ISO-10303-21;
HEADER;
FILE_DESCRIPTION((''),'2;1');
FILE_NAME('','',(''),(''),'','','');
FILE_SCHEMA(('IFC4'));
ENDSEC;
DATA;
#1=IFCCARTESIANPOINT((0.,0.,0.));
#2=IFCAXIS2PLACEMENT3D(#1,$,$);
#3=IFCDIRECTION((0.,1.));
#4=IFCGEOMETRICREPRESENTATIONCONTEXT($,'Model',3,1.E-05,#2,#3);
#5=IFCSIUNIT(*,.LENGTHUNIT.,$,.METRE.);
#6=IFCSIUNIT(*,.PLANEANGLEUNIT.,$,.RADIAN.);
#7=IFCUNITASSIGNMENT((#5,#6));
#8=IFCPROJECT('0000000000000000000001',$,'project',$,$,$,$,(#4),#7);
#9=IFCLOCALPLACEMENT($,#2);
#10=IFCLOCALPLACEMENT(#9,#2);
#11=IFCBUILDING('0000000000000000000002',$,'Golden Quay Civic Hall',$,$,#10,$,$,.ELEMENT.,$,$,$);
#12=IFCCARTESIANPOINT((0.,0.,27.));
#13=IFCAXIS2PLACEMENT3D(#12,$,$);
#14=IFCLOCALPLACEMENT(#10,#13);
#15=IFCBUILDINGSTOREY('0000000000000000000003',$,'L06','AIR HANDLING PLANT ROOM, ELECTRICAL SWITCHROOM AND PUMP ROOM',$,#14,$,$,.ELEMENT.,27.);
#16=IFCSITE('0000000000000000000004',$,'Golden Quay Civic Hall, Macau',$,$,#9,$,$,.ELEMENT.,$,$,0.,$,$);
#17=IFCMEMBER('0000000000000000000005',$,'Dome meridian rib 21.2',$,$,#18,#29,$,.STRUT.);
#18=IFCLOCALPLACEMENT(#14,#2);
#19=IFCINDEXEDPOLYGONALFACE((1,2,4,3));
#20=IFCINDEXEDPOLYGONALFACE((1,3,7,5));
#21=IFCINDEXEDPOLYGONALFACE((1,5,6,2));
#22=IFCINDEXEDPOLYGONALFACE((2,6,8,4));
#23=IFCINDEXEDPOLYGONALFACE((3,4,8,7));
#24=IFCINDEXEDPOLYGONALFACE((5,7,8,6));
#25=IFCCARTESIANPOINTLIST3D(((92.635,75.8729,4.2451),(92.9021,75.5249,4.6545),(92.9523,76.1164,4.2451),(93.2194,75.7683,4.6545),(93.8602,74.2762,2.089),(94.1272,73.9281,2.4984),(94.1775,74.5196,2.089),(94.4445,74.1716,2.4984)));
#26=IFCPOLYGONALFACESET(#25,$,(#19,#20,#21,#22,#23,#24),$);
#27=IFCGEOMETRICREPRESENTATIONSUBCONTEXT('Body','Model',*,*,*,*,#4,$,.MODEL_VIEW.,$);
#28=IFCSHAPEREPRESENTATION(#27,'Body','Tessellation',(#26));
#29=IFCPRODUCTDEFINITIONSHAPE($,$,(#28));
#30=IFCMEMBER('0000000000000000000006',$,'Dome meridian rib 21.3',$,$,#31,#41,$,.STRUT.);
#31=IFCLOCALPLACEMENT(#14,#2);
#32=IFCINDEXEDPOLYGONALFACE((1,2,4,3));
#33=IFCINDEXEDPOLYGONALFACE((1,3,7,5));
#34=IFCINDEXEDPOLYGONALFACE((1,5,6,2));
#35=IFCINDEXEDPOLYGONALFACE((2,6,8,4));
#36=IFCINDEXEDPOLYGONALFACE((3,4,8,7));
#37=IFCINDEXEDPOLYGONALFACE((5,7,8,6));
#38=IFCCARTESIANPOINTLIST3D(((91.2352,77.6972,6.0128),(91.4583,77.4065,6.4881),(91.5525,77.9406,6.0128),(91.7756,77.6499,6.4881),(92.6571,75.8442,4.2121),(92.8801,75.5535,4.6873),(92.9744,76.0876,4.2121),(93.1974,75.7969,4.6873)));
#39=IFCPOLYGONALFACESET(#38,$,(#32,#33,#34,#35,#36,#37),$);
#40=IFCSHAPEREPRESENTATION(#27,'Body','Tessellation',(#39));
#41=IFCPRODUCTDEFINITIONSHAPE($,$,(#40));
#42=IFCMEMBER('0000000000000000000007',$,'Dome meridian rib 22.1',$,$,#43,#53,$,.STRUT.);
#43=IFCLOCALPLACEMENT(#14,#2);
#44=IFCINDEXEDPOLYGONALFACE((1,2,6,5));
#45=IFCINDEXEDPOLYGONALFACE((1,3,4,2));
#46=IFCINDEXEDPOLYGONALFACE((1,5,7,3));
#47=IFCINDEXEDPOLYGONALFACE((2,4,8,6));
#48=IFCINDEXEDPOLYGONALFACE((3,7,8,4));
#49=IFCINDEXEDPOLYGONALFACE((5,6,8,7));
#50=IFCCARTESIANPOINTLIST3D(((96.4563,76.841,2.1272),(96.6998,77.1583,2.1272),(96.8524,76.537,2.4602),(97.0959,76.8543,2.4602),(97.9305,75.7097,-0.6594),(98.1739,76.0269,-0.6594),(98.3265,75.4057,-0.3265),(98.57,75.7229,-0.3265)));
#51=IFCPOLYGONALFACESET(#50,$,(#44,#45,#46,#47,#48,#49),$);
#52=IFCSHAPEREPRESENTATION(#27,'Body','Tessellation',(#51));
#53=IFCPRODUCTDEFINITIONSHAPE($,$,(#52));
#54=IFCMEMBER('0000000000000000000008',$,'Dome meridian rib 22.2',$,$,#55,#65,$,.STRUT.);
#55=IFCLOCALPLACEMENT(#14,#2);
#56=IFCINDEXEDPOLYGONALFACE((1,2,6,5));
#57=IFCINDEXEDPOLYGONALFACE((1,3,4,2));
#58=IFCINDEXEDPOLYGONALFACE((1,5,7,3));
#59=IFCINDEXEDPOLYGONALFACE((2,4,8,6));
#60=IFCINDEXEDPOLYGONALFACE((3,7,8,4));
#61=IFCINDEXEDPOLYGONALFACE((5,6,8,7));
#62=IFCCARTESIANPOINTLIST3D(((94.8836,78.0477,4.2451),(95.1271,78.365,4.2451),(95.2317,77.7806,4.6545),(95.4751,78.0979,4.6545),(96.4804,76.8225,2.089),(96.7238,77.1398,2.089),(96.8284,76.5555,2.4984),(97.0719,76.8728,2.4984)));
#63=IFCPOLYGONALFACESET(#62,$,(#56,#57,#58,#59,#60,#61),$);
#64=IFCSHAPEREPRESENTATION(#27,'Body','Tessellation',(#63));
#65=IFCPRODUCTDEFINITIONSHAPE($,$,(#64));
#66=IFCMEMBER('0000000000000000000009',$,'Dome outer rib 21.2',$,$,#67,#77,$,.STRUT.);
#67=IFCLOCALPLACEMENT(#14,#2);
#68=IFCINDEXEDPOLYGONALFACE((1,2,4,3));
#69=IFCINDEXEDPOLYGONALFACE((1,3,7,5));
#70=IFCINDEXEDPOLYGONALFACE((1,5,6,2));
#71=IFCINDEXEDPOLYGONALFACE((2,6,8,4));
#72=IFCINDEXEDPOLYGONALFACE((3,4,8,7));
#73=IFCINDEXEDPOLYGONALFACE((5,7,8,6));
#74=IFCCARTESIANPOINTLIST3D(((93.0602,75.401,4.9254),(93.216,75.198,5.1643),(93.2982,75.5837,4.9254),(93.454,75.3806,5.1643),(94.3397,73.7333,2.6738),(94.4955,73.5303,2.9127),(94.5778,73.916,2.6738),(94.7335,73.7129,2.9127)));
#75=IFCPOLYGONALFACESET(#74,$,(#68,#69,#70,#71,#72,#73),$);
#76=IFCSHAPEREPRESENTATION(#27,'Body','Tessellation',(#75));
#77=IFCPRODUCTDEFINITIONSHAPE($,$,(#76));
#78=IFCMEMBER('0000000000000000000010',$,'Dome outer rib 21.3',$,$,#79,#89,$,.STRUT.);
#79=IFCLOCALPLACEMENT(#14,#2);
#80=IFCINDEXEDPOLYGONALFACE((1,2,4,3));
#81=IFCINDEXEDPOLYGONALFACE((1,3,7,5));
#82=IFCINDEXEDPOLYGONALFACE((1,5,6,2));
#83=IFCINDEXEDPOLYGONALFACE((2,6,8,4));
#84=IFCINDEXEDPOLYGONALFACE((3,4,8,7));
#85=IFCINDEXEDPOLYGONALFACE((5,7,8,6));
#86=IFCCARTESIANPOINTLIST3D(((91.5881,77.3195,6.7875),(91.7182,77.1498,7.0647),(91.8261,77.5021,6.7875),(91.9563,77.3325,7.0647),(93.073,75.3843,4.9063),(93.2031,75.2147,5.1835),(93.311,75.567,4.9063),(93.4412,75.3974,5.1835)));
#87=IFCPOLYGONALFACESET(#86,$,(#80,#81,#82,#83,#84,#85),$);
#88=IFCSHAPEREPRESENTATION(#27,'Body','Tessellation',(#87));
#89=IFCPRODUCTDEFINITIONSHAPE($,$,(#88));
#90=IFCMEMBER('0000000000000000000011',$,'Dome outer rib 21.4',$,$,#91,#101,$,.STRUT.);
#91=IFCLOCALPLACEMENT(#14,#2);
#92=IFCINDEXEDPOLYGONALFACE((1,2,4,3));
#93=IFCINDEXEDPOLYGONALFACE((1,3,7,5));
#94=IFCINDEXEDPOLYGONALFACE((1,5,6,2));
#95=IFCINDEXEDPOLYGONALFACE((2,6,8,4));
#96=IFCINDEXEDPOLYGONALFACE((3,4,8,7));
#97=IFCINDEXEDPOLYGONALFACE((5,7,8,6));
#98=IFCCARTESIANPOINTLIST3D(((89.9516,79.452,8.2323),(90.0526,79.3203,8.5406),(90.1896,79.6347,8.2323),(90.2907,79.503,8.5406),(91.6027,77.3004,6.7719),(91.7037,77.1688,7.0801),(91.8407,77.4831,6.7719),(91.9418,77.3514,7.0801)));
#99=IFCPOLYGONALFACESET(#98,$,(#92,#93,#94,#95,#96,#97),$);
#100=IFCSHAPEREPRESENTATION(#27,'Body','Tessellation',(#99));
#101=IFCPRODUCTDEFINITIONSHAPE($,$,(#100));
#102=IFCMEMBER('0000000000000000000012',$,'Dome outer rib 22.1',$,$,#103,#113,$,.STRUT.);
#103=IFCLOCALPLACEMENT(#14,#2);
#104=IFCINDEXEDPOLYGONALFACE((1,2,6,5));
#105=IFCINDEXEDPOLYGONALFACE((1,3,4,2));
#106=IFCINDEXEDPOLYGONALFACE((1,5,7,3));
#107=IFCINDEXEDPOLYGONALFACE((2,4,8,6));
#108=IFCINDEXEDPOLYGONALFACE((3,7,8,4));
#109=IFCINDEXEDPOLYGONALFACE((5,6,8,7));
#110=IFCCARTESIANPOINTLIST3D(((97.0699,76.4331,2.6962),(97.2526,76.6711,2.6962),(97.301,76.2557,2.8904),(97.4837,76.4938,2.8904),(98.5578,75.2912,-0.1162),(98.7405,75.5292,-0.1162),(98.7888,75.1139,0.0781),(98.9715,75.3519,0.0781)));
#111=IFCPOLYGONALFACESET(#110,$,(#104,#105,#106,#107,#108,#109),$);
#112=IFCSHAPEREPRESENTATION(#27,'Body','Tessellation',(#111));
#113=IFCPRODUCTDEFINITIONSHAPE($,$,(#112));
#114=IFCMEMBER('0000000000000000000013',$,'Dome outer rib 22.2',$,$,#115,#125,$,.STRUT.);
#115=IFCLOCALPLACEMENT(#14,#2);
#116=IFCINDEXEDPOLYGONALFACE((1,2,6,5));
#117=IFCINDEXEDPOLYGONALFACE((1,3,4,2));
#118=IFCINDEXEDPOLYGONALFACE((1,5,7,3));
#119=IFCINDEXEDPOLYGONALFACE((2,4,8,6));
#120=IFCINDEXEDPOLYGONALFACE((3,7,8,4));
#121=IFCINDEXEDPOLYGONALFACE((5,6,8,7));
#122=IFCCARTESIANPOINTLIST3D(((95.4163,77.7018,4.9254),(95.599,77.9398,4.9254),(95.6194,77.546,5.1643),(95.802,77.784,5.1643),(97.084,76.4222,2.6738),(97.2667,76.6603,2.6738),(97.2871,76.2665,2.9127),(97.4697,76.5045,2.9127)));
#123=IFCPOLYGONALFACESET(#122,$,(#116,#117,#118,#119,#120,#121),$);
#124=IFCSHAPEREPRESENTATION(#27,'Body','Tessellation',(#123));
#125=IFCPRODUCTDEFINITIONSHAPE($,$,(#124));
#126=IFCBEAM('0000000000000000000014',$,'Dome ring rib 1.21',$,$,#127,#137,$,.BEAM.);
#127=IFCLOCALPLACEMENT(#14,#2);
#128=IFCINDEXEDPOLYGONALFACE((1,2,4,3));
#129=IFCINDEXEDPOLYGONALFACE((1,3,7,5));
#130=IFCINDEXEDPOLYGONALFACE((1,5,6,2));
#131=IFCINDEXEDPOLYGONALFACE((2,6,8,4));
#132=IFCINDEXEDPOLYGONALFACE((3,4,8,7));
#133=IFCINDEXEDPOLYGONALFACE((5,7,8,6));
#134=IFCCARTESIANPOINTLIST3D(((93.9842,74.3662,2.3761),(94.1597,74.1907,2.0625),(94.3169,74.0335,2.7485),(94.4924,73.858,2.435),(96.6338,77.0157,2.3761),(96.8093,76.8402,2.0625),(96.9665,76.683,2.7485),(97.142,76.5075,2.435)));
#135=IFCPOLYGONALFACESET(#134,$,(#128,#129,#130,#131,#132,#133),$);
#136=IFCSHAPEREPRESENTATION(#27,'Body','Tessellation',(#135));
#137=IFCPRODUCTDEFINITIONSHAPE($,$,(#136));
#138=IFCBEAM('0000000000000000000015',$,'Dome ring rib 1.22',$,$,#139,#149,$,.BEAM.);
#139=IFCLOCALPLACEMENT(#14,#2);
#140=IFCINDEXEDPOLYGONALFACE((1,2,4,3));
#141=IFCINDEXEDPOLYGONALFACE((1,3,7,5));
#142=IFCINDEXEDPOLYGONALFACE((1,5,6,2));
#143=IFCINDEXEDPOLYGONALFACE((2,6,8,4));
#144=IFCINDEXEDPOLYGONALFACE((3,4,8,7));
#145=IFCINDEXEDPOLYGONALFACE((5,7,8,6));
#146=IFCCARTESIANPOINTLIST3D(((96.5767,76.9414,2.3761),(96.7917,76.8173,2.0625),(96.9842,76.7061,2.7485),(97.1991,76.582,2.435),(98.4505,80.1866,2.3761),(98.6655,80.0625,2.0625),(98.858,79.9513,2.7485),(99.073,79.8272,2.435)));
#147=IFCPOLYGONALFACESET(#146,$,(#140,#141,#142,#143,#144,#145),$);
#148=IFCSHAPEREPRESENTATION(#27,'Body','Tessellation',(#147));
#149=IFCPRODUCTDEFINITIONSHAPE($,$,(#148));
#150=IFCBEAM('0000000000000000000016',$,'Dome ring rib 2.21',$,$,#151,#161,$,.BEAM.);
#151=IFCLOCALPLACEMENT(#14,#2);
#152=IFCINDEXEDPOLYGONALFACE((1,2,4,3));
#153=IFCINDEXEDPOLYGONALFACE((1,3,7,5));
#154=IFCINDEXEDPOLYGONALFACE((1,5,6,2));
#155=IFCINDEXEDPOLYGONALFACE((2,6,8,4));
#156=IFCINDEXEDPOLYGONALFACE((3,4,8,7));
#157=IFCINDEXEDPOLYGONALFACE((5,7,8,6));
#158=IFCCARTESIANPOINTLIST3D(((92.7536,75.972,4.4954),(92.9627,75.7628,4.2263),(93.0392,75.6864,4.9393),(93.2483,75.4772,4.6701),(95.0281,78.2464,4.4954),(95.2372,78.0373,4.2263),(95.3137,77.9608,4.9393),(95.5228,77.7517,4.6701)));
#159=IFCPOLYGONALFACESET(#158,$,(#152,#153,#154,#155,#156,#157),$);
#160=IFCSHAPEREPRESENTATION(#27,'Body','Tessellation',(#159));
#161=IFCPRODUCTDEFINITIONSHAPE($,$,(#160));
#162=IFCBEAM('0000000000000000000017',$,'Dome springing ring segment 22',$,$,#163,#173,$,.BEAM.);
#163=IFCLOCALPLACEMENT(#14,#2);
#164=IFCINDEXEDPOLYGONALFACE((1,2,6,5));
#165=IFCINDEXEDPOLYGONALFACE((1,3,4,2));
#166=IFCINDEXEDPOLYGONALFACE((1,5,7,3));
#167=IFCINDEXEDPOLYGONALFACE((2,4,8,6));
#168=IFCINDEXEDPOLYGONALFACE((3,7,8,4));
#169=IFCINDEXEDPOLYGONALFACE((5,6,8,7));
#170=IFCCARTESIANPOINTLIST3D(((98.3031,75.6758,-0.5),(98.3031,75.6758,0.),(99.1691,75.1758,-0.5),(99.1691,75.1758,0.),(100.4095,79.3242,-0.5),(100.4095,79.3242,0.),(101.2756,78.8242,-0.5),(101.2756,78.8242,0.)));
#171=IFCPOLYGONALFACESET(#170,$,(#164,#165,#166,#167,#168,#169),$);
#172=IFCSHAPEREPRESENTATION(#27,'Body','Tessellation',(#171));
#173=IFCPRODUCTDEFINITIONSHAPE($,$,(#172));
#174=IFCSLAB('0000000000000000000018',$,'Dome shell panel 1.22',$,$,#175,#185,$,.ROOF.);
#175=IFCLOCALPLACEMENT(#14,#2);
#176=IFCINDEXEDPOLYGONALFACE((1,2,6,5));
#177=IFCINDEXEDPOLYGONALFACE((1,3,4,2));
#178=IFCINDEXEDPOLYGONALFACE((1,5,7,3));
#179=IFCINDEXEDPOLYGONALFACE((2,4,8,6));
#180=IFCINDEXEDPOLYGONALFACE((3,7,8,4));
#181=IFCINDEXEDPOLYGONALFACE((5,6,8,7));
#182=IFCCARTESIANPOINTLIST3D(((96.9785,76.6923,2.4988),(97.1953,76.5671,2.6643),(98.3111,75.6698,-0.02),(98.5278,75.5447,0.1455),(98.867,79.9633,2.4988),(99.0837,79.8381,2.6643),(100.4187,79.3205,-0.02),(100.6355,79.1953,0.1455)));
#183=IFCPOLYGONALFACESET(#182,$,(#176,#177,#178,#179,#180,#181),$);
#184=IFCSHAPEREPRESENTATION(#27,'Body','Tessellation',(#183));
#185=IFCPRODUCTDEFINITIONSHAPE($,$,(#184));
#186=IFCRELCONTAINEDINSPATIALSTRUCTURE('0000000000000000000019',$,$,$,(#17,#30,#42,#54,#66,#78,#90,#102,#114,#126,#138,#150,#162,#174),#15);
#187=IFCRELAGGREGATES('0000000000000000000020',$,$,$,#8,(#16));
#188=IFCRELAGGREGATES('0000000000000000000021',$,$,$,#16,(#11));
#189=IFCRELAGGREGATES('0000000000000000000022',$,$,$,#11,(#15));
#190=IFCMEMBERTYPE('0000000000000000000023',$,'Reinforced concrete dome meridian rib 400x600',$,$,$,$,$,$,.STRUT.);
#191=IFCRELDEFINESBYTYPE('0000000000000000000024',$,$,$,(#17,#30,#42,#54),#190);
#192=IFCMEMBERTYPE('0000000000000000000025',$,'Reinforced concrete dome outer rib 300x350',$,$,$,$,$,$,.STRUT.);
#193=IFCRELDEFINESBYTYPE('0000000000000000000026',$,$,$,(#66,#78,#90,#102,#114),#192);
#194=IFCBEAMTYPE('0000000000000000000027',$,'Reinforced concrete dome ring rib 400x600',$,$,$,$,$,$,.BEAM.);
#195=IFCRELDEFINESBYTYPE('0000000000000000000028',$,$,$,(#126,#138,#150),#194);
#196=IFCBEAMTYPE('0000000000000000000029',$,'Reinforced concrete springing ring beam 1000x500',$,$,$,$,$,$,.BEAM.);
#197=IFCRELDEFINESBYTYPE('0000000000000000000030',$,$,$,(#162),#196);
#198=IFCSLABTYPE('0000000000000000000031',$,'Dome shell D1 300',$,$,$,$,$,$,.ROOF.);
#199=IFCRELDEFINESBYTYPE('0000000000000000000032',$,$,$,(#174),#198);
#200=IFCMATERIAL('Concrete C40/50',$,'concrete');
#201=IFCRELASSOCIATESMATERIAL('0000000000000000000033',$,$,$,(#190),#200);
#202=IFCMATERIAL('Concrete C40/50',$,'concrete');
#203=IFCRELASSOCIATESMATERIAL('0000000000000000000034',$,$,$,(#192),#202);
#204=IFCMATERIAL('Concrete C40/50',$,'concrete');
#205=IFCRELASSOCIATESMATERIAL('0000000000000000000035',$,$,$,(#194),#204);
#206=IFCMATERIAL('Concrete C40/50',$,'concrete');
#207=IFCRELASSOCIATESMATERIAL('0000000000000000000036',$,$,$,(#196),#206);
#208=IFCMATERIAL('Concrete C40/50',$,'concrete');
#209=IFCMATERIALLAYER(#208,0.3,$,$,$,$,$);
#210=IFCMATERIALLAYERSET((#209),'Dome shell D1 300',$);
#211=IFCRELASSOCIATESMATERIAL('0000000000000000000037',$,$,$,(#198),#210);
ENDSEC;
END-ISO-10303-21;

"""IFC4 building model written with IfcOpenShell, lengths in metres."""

from ifc_helpers import new_model, si_unit, direction, frame, origin, origin_2d, place, context, subcontext, project, spatial, polyline, rectangle, outline, extrude, material, layer, layer_set, material_profile, profile_set, type_object, element, save


model = new_model("IFC4")

# Units and contexts
model_context = context("Model", 3, precision=1e-05, world=origin(), true_north=direction((0.0, 1.0)))
body_context = subcontext(model_context, "Body", "Model", "MODEL_VIEW")
ifc_project = project(units=[si_unit("LENGTHUNIT", "METRE"), si_unit("PLANEANGLEUNIT", "RADIAN")], contexts=[model_context])

# Site, building, storey
site_placement = place(None, origin())
site = spatial("IfcSite", under=ifc_project, at=site_placement, Name="Golden Quay Civic Hall, Macau", CompositionType="ELEMENT", RefElevation=0.0)
building_placement = place(site_placement, origin())
building = spatial("IfcBuilding", under=site, at=building_placement, Name="Golden Quay Civic Hall", CompositionType="ELEMENT")
storey_placement = place(building_placement, frame((0.0, 0.0, 27.0)))
storey = spatial("IfcBuildingStorey", under=building, at=storey_placement, Name="L06", Description="AIR HANDLING PLANT ROOM, ELECTRICAL SWITCHROOM AND PUMP ROOM", CompositionType="ELEMENT", Elevation=27.0)

# Members
ifc_material_1 = material(Name="Concrete C40/50", Category="concrete")
ifc_material_profile_1 = material_profile(ifc_material_1, rectangle(XDim=0.3999, YDim=0.6001, at=origin_2d()), Name="RC 400x600")
ifc_profile_set_1 = profile_set([ifc_material_profile_1], Name="Concrete C40/50")
member_type_1 = type_object("IfcMemberType", Name="Reinforced concrete dome meridian rib 400x600", PredefinedType="STRUT", material=ifc_profile_set_1)
member_1_placement = place(storey_placement, frame((94.1523, 74.2239, 2.2937), z_axis=(-0.41538, 0.541368, 0.731013), x_axis=(-0.793372, -0.608737, 0.0)))
element("IfcMember", 1, at=member_1_placement, inside=storey, type_object=member_type_1, Name="Dome meridian rib 21.2", PredefinedType="STRUT", context=body_context, shape_type="SweptSolid", body=[
    extrude(rectangle(XDim=0.3999, YDim=0.6001, at=origin_2d()), origin(), (0.0, 0.0, 1.0), 2.9495),
])
member_2_placement = place(storey_placement, frame((92.9272, 75.8206, 4.4497), z_axis=(-0.482109, 0.628298, 0.610583), x_axis=(-0.793354, -0.608761, 0.0)))
element("IfcMember", 2, at=member_2_placement, inside=storey, type_object=member_type_1, Name="Dome meridian rib 21.3", PredefinedType="STRUT", context=body_context, shape_type="SweptSolid", body=[
    extrude(rectangle(XDim=0.3999, YDim=0.6001, at=origin_2d()), origin(), (0.0, 0.0, 1.0), 2.9492),
])
member_3_placement = place(storey_placement, frame((98.2502, 75.7163, -0.4929), z_axis=(-0.44012, 0.33778, 0.831985), x_axis=(-0.608834, -0.793298, 0.0)))
element("IfcMember", 3, at=member_3_placement, inside=storey, type_object=member_type_1, Name="Dome meridian rib 22.1", PredefinedType="STRUT", context=body_context, shape_type="SweptSolid", body=[
    extrude(rectangle(XDim=0.3999, YDim=0.6001, at=origin_2d()), origin(), (0.0, 0.0, 1.0), 3.3494),
])
member_4_placement = place(storey_placement, frame((96.7761, 76.8477, 2.2937), z_axis=(-0.541368, 0.41538, 0.731013), x_axis=(-0.608737, -0.793372, 0.0)))
element("IfcMember", 4, at=member_4_placement, inside=storey, type_object=member_type_1, Name="Dome meridian rib 22.2", PredefinedType="STRUT", context=body_context, shape_type="SweptSolid", body=[
    extrude(rectangle(XDim=0.3999, YDim=0.6001, at=origin_2d()), origin(), (0.0, 0.0, 1.0), 2.9495),
])
ifc_material_2 = material(Name="Concrete C40/50", Category="concrete")
ifc_material_profile_2 = material_profile(ifc_material_2, rectangle(XDim=0.3, YDim=0.3501, at=origin_2d()), Name="RC 300x350")
ifc_profile_set_2 = profile_set([ifc_material_profile_2], Name="Concrete C40/50")
member_type_2 = type_object("IfcMemberType", Name="Reinforced concrete dome outer rib 300x350", PredefinedType="STRUT", material=ifc_profile_set_2)
for number, where, z_axis, x_axis, name in (
    (5, (94.5366, 73.7231, 2.7932), (-0.415385, 0.541403, 0.730985), (-0.793388, -0.608717, 0.0), "Dome outer rib 21.2"),
    (6, (93.2571, 75.3909, 5.0449), (-0.482062, 0.628219, 0.610702), (-0.793345, -0.608772, 0.0), "Dome outer rib 21.3"),
    (7, (91.7722, 77.3259, 6.926), (-0.536018, 0.698496, 0.474118), (-0.79333, -0.608792, 0.0), "Dome outer rib 21.4"),
):
    element("IfcMember", number, at=place(storey_placement, frame(where, z_axis=z_axis, x_axis=x_axis)), inside=storey, type_object=member_type_2, Name=name, PredefinedType="STRUT", context=body_context, shape_type="SweptSolid", body=[
        extrude(rectangle(XDim=0.3, YDim=0.3501, at=origin_2d()), origin(), (0.0, 0.0, 1.0), 3.0803),
    ])
member_5_placement = place(storey_placement, frame((98.7646, 75.3215, -0.019), z_axis=(-0.440142, 0.337799, 0.831966), x_axis=(-0.608836, -0.793296, 0.0)))
element("IfcMember", 8, at=member_5_placement, inside=storey, type_object=member_type_2, Name="Dome outer rib 22.1", PredefinedType="STRUT", context=body_context, shape_type="SweptSolid", body=[
    extrude(rectangle(XDim=0.3, YDim=0.3501, at=origin_2d()), origin(), (0.0, 0.0, 1.0), 3.3804),
])
member_6_placement = place(storey_placement, frame((97.2769, 76.4634, 2.7932), z_axis=(-0.541403, 0.415385, 0.730985), x_axis=(-0.608717, -0.793388, 0.0)))
element("IfcMember", 9, at=member_6_placement, inside=storey, type_object=member_type_2, Name="Dome outer rib 22.2", PredefinedType="STRUT", context=body_context, shape_type="SweptSolid", body=[
    extrude(rectangle(XDim=0.3, YDim=0.3501, at=origin_2d()), origin(), (0.0, 0.0, 1.0), 3.0803),
])

# Beams
ifc_material_3 = material(Name="Concrete C40/50", Category="concrete")
ifc_material_profile_3 = material_profile(ifc_material_3, rectangle(XDim=0.3999, YDim=0.6001, at=origin_2d()), Name="RC 400x600")
ifc_profile_set_3 = profile_set([ifc_material_profile_3], Name="Concrete C40/50")
beam_type_1 = type_object("IfcBeamType", Name="Reinforced concrete dome ring rib 400x600", PredefinedType="BEAM", material=ifc_profile_set_3)
beam_1_placement = place(storey_placement, frame((94.2383, 74.1121, 2.4055), z_axis=(0.707107, 0.707107, 0.0), x_axis=(-0.438873, 0.438873, 0.784079)))
element("IfcBeam", 10, at=beam_1_placement, inside=storey, type_object=beam_type_1, Name="Dome ring rib 1.21", PredefinedType="BEAM", context=body_context, shape_type="SweptSolid", body=[
    extrude(rectangle(XDim=0.3999, YDim=0.6001, at=origin_2d()), origin(), (0.0, 0.0, 1.0), 3.7471),
])
beam_2_placement = place(storey_placement, frame((96.8879, 76.7617, 2.4055), z_axis=(0.500042, 0.866001, 0.0), x_axis=(-0.537493, 0.310356, 0.784079)))
element("IfcBeam", 11, at=beam_2_placement, inside=storey, type_object=beam_type_1, Name="Dome ring rib 1.22", PredefinedType="BEAM", context=body_context, shape_type="SweptSolid", body=[
    extrude(rectangle(XDim=0.3999, YDim=0.6001, at=origin_2d()), origin(), (0.0, 0.0, 1.0), 3.7473),
])
beam_3_placement = place(storey_placement, frame((93.001, 75.7246, 4.5828), z_axis=(0.707107, 0.707107, 0.0), x_axis=(-0.522972, 0.522972, 0.673053)))
element("IfcBeam", 12, at=beam_3_placement, inside=storey, type_object=beam_type_1, Name="Dome ring rib 2.21", PredefinedType="BEAM", context=body_context, shape_type="SweptSolid", body=[
    extrude(rectangle(XDim=0.3999, YDim=0.6001, at=origin_2d()), origin(), (0.0, 0.0, 1.0), 3.2166),
])
ifc_material_4 = material(Name="Concrete C40/50", Category="concrete")
ifc_material_profile_4 = material_profile(ifc_material_4, rectangle(XDim=1.0, YDim=0.5, at=origin_2d()), Name="RC 1000x500")
ifc_profile_set_4 = profile_set([ifc_material_profile_4], Name="Concrete C40/50")
beam_type_2 = type_object("IfcBeamType", Name="Reinforced concrete springing ring beam 1000x500", PredefinedType="BEAM", material=ifc_profile_set_4)
beam_4_placement = place(storey_placement, frame((98.7361, 75.4258, -0.25), z_axis=(0.500003, 0.866023, 0.0), x_axis=(-0.866023, 0.500003, 0.0)))
element("IfcBeam", 13, at=beam_4_placement, inside=storey, type_object=beam_type_2, Name="Dome springing ring segment 22", PredefinedType="BEAM", context=body_context, shape_type="SweptSolid", body=[
    extrude(rectangle(XDim=1.0, YDim=0.5, at=origin_2d()), origin(), (0.0, 0.0, 1.0), 4.2129),
])

# Slab
ifc_material_5 = material(Name="Concrete C40/50", Category="concrete")
ifc_layer_1 = layer(ifc_material_5, 0.3)
ifc_layer_set_1 = layer_set([ifc_layer_1], Name="Dome shell D1 300")
slab_type = type_object("IfcSlabType", Name="Dome shell D1 300", PredefinedType="ROOF", material=ifc_layer_set_1)
slab_1_placement = place(storey_placement, frame((98.5278, 75.5447, 0.1455), z_axis=(0.722423, -0.417079, 0.551498), x_axis=(0.499991, 0.866031, -0.000003)))
element("IfcSlab", 14, at=slab_1_placement, inside=storey, type_object=slab_type, Name="Dome shell panel 1.22", PredefinedType="ROOF", context=body_context, shape_type="SweptSolid", body=[
    extrude(outline(polyline([(0.0, 0.0), (4.2154, 0.0), (3.9962, 3.0195), (0.2192, 3.0195), (0.0, 0.0)])), origin(), (0.0, 0.0, -1.0), 0.3),
])

save(model, "model.ifc")
